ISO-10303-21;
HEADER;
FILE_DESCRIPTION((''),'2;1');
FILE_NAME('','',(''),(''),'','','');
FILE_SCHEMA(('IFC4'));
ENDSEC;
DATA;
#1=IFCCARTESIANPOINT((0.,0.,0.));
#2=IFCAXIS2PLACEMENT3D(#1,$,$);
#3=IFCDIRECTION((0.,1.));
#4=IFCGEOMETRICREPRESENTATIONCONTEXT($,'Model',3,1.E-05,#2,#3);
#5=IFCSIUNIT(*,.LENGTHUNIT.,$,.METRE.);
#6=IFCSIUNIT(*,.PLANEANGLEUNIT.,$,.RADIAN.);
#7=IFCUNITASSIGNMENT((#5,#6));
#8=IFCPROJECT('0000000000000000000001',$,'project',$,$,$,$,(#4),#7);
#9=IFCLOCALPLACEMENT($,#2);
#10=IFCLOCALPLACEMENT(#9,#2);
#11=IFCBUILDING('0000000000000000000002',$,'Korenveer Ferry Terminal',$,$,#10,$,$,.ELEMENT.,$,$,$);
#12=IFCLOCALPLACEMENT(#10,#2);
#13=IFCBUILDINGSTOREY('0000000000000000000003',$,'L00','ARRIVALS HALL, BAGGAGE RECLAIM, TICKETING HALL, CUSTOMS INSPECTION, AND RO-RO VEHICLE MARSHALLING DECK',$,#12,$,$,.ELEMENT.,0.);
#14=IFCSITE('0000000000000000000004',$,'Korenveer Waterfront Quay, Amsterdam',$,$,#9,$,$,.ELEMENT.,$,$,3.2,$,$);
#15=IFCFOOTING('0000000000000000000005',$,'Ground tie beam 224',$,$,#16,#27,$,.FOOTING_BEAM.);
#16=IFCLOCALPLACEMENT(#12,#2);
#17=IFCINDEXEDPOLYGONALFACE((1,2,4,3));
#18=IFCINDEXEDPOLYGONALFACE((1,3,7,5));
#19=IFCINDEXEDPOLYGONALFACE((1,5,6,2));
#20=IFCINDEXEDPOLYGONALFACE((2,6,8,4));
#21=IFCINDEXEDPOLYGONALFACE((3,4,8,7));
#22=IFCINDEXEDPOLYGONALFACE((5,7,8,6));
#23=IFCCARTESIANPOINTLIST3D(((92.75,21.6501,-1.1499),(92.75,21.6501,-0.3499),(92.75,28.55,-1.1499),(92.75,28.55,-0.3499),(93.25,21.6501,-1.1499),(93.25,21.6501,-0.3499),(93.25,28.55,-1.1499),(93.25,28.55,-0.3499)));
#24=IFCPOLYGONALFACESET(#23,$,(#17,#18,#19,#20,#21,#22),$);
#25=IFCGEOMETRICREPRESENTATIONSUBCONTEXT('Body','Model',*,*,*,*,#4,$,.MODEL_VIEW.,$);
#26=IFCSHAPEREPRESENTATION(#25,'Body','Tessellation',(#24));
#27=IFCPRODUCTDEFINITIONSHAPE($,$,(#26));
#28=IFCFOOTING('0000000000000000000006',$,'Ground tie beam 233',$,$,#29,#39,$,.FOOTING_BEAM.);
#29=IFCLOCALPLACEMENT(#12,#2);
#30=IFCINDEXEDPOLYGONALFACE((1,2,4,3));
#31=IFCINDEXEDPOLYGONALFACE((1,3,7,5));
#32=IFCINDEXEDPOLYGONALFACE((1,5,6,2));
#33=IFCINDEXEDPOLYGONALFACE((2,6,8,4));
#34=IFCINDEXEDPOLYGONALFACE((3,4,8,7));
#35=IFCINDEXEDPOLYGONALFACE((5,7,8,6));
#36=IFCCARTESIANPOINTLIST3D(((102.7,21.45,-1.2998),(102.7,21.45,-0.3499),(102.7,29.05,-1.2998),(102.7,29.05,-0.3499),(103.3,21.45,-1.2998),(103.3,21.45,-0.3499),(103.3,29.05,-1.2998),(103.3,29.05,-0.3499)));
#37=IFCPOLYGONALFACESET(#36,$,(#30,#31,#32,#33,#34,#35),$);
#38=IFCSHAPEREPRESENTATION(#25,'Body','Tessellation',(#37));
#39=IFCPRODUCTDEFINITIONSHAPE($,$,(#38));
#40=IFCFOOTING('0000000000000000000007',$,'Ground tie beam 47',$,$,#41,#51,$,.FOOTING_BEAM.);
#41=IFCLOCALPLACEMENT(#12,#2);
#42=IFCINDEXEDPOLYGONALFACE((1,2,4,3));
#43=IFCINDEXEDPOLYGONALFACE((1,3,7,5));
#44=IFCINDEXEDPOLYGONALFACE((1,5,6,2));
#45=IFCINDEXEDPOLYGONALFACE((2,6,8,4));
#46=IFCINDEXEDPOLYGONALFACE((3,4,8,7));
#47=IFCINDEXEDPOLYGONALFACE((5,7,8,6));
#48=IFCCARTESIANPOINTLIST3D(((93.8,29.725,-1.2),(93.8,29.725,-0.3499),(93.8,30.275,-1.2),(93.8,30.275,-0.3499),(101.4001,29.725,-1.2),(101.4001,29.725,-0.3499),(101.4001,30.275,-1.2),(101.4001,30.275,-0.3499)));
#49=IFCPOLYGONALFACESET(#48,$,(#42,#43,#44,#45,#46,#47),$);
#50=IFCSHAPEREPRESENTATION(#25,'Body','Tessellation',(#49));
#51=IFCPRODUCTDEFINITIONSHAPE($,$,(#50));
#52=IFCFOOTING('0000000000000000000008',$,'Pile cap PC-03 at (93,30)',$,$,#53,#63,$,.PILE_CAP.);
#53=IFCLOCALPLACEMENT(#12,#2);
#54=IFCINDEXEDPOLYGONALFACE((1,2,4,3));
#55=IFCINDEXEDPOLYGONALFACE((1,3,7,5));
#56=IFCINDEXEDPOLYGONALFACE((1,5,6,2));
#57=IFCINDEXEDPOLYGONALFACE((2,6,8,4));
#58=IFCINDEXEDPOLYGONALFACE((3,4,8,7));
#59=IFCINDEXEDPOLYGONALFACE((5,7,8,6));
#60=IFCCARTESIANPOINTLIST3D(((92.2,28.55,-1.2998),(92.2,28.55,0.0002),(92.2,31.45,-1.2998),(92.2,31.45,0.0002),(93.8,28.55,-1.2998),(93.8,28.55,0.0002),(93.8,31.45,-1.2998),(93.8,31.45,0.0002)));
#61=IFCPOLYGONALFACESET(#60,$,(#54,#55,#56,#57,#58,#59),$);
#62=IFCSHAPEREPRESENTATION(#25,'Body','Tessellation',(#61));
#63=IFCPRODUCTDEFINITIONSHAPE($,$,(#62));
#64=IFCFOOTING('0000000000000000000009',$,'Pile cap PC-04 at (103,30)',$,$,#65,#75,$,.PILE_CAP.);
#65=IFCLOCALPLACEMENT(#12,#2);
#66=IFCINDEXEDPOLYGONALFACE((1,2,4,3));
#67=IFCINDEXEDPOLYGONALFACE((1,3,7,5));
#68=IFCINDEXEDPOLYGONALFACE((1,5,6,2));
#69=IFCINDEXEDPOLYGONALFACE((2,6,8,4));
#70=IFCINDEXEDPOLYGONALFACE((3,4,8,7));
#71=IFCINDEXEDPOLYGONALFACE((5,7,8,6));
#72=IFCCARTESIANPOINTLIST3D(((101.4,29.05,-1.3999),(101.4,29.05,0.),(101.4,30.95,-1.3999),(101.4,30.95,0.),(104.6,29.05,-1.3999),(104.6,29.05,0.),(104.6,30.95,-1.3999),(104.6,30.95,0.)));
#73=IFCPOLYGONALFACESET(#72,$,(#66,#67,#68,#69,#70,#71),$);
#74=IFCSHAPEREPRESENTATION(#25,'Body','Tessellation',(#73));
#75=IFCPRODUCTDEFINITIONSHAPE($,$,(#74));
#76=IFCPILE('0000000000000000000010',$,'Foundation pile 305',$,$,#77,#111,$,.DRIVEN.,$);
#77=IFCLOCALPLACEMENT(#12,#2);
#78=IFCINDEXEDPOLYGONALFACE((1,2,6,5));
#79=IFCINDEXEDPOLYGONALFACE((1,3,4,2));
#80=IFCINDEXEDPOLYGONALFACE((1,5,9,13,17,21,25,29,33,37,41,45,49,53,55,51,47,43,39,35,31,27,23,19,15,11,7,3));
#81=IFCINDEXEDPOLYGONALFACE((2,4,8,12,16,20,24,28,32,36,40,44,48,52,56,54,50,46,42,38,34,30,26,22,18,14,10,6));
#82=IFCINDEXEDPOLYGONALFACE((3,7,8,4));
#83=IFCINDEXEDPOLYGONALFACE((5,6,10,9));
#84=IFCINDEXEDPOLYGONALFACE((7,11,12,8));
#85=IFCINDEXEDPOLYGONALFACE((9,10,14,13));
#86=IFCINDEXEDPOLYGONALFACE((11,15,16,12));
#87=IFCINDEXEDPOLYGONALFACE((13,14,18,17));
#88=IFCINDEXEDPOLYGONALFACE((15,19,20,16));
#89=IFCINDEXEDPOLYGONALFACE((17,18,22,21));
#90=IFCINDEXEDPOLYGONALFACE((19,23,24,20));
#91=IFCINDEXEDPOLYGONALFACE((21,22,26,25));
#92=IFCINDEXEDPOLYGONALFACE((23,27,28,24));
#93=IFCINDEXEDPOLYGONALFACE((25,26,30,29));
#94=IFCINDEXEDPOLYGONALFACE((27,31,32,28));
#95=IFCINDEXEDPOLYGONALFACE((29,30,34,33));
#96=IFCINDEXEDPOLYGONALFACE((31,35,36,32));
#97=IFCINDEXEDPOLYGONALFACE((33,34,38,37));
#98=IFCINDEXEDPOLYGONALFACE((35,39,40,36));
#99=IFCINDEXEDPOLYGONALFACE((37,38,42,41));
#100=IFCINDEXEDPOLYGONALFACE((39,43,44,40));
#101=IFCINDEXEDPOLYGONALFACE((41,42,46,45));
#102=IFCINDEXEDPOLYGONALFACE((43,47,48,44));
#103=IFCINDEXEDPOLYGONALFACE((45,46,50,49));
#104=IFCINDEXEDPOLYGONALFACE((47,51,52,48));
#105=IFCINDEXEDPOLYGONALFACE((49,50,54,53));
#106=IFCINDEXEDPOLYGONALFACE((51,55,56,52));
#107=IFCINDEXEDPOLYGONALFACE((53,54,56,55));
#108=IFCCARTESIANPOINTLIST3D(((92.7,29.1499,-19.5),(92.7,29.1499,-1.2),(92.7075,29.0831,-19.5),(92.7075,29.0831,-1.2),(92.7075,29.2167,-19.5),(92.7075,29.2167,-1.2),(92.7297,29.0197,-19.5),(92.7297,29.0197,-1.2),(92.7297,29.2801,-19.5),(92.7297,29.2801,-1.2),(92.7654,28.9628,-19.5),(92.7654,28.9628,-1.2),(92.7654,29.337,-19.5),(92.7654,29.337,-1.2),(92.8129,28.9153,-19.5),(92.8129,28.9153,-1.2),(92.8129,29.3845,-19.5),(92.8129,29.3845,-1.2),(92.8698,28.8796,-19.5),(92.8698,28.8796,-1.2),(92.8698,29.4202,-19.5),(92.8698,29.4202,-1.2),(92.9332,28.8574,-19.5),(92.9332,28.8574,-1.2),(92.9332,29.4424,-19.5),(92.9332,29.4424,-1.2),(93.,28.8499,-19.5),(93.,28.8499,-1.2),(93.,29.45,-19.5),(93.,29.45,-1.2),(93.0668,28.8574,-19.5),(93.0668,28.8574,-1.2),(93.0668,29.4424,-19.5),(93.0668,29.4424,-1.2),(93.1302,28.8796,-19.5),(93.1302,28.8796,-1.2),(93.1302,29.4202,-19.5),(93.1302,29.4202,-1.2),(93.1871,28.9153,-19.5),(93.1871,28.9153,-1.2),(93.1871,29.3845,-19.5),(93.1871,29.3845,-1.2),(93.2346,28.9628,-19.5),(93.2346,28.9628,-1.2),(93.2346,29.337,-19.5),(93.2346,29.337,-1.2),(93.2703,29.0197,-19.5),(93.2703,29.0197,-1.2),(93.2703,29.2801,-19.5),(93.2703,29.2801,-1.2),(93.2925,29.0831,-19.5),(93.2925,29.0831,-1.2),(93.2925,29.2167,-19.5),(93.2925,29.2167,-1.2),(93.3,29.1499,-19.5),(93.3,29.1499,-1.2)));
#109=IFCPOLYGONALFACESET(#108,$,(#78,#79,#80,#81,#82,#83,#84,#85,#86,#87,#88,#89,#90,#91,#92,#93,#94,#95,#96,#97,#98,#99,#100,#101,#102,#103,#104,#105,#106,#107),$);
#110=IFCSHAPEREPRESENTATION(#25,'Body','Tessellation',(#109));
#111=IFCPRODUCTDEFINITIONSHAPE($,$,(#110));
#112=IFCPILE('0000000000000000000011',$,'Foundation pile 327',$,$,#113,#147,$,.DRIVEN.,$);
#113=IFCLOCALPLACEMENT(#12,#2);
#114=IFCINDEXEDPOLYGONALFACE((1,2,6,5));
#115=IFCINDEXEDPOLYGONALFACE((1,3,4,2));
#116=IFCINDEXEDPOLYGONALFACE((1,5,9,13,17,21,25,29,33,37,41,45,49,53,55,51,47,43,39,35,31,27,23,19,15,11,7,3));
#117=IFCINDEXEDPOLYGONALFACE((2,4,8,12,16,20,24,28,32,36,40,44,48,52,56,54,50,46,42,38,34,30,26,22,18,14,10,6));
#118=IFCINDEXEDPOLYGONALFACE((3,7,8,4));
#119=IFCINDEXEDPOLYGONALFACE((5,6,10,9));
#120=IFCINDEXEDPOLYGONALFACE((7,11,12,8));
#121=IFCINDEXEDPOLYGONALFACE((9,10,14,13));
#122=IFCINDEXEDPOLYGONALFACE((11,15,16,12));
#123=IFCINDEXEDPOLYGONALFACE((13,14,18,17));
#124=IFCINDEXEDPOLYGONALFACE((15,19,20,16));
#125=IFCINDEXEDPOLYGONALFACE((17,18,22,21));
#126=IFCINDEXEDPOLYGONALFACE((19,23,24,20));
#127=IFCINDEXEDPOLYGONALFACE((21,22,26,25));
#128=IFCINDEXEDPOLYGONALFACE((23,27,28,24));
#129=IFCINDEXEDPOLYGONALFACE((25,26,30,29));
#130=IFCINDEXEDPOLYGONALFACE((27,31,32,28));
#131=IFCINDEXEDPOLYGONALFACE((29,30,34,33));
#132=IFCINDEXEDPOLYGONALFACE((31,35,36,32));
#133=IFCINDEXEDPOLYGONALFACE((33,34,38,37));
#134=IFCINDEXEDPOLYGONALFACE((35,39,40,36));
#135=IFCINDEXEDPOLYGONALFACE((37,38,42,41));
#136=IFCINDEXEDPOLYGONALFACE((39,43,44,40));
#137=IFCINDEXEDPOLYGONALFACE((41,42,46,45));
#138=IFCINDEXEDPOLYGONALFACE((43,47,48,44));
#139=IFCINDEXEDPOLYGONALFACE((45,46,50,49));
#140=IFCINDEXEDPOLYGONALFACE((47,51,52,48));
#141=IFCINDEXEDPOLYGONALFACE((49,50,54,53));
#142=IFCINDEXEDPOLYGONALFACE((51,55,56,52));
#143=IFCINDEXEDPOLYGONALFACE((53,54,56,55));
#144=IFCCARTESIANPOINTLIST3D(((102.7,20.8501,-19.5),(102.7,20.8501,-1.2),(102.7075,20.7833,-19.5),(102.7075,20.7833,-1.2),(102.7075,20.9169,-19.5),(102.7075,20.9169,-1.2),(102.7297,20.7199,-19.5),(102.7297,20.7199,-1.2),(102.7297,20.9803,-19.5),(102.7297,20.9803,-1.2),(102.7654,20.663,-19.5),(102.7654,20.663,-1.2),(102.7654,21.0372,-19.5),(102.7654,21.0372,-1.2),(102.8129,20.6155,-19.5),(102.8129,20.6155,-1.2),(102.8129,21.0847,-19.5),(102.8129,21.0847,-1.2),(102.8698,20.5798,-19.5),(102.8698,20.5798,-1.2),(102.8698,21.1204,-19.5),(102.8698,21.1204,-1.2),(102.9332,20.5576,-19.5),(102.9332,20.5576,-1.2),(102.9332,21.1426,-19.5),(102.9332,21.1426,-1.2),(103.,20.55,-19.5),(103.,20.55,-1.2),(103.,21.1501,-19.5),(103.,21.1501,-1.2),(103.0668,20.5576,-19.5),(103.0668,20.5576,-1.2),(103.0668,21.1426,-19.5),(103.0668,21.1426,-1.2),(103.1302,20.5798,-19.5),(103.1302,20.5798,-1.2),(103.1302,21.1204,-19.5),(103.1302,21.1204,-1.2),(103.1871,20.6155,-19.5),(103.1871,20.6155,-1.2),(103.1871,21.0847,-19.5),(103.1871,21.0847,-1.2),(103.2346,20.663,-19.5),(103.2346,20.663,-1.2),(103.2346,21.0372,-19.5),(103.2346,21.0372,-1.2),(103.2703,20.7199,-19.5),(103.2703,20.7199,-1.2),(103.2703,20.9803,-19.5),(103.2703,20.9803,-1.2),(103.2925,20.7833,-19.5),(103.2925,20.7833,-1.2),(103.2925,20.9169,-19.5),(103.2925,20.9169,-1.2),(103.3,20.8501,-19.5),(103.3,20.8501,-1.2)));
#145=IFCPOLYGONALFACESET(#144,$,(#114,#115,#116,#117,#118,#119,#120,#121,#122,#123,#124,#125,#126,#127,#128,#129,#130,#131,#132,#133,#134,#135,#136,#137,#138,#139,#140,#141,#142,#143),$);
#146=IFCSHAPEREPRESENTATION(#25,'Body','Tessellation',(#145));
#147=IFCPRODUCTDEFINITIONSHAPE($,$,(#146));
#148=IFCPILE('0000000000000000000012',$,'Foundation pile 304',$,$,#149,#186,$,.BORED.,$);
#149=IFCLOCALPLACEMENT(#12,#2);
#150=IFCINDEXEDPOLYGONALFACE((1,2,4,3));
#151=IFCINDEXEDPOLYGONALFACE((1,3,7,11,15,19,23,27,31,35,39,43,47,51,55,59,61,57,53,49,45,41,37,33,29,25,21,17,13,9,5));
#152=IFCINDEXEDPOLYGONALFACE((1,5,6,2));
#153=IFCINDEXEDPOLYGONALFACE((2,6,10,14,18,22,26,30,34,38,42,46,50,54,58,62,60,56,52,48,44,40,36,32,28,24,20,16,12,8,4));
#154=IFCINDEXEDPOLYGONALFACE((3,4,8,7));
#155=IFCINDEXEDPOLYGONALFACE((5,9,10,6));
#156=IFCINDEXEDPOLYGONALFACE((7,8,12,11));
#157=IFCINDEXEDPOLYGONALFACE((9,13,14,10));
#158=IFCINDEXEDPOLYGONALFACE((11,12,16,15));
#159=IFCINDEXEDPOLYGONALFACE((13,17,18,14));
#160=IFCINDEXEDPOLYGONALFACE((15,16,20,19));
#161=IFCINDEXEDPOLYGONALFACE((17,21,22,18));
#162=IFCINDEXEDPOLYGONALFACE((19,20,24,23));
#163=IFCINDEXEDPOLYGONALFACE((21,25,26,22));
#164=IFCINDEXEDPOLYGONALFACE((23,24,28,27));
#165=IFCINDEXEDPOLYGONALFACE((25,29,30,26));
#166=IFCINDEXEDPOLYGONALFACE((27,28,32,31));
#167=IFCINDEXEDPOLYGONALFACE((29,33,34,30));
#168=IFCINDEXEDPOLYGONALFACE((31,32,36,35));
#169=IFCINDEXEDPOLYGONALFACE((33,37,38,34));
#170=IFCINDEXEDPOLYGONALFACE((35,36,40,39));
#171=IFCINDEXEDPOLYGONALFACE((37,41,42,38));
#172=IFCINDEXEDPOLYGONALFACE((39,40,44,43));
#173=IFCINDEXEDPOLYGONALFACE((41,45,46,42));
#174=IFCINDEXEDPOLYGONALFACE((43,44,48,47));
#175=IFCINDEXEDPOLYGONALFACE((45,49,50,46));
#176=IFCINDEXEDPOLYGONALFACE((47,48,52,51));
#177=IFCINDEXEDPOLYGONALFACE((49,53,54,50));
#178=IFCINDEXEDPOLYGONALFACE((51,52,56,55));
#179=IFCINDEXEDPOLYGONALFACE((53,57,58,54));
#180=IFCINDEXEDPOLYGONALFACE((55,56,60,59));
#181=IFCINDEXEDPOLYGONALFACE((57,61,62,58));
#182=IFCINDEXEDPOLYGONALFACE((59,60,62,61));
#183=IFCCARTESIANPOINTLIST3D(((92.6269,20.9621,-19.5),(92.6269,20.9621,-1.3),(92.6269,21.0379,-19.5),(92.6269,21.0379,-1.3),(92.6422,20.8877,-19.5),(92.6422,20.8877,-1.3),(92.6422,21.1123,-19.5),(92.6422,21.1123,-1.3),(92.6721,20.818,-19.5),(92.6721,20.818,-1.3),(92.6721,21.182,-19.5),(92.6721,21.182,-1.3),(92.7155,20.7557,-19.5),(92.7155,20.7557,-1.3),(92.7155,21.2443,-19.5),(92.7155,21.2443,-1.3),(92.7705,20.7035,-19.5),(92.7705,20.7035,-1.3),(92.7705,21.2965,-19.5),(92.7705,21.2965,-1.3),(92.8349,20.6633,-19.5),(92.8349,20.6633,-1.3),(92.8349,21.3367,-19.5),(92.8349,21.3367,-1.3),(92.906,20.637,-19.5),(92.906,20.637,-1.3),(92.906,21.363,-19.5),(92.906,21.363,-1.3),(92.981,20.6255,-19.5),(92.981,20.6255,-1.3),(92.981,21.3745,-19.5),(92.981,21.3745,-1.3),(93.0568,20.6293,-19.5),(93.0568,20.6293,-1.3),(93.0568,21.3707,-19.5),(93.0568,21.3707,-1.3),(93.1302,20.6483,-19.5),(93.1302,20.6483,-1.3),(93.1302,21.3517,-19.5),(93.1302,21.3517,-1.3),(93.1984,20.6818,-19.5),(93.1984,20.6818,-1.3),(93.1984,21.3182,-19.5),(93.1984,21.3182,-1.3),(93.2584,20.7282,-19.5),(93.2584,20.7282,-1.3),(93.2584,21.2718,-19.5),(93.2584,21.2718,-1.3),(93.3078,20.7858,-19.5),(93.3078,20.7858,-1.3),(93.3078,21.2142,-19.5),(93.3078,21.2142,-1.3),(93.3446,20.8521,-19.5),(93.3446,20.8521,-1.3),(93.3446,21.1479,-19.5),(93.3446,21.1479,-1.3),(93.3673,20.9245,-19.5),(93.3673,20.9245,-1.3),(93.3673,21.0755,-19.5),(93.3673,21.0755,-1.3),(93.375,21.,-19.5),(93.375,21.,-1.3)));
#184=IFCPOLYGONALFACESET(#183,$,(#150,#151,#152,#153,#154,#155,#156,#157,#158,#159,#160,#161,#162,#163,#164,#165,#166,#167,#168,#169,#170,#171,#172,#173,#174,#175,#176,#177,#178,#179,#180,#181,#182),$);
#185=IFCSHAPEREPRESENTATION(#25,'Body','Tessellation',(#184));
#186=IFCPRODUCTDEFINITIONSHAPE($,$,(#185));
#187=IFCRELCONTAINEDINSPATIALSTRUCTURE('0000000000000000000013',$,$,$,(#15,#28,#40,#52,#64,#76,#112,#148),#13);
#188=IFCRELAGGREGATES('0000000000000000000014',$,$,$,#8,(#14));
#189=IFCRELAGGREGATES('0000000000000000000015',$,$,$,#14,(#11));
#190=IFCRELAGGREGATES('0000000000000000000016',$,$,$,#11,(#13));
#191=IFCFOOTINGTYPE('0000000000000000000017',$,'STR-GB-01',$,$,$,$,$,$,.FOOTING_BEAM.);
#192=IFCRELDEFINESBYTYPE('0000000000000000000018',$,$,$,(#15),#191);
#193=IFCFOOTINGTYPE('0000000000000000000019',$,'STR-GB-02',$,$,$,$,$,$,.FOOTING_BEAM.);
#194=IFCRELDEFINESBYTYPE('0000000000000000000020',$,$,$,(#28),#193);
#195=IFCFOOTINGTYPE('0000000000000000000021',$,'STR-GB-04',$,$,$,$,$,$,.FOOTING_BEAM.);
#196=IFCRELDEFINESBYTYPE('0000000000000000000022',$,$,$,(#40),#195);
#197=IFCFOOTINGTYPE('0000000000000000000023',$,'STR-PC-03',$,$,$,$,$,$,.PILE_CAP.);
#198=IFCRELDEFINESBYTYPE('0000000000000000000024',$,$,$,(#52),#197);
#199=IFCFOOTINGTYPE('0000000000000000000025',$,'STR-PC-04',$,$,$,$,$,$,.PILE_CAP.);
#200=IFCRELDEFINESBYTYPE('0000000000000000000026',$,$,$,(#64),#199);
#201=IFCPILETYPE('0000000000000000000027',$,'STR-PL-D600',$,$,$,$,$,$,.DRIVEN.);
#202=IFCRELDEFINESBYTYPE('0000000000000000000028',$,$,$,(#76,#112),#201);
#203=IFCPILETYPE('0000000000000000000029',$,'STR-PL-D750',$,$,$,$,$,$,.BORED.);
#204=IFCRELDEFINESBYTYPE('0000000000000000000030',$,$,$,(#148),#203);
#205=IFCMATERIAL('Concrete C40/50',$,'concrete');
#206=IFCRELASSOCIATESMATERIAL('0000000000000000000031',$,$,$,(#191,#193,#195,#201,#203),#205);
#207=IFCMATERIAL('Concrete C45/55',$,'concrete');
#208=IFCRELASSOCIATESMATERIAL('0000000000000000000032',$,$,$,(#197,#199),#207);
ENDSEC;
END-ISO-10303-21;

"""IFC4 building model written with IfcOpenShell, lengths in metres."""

from ifc_helpers import new_model, si_unit, direction, frame, origin, origin_2d, place, context, subcontext, project, spatial, rectangle, circle, extrude, material, material_profile, profile_set, type_object, element, save


model = new_model("IFC4")

# Units and contexts
model_context = context("Model", 3, precision=1e-05, world=origin(), true_north=direction((0.0, 1.0)))
body_context = subcontext(model_context, "Body", "Model", "MODEL_VIEW")
ifc_project = project(units=[si_unit("LENGTHUNIT", "METRE"), si_unit("PLANEANGLEUNIT", "RADIAN")], contexts=[model_context])

# Site, building, storey
site_placement = place(None, origin())
site = spatial("IfcSite", under=ifc_project, at=site_placement, Name="Korenveer Waterfront Quay, Amsterdam", CompositionType="ELEMENT", RefElevation=3.2)
building_placement = place(site_placement, origin())
building = spatial("IfcBuilding", under=site, at=building_placement, Name="Korenveer Ferry Terminal", CompositionType="ELEMENT")
storey_placement = place(building_placement, origin())
storey = spatial("IfcBuildingStorey", under=building, at=storey_placement, Name="L00", Description="ARRIVALS HALL, BAGGAGE RECLAIM, TICKETING HALL, CUSTOMS INSPECTION, AND RO-RO VEHICLE MARSHALLING DECK", CompositionType="ELEMENT", Elevation=0.0)

# Footings
ifc_material_1 = material(Name="Concrete C40/50", Category="concrete")
footing_type_1 = type_object("IfcFootingType", Name="STR-GB-01", PredefinedType="FOOTING_BEAM", material=ifc_material_1)
footing_1_placement = place(storey_placement, frame((93.0, 25.1001, -1.1499), z_axis=(0.0, 0.0, 1.0), x_axis=(1.0, 0.0, 0.0)))
element("IfcFooting", 1, at=footing_1_placement, inside=storey, type_object=footing_type_1, Name="Ground tie beam 224", PredefinedType="FOOTING_BEAM", context=body_context, shape_type="SweptSolid", body=[
    extrude(rectangle(XDim=0.5, YDim=6.8999, at=origin_2d()), origin(), (0.0, 0.0, 1.0), 0.8),
])
footing_type_2 = type_object("IfcFootingType", Name="STR-GB-02", PredefinedType="FOOTING_BEAM", material=ifc_material_1)
footing_2_placement = place(storey_placement, frame((103.0, 25.25, -1.2998), z_axis=(0.0, 0.0, 1.0), x_axis=(1.0, 0.0, 0.0)))
element("IfcFooting", 2, at=footing_2_placement, inside=storey, type_object=footing_type_2, Name="Ground tie beam 233", PredefinedType="FOOTING_BEAM", context=body_context, shape_type="SweptSolid", body=[
    extrude(rectangle(XDim=0.6001, YDim=7.6001, at=origin_2d()), origin(), (0.0, 0.0, 1.0), 0.95),
])
footing_type_3 = type_object("IfcFootingType", Name="STR-GB-04", PredefinedType="FOOTING_BEAM", material=ifc_material_1)
footing_3_placement = place(storey_placement, frame((97.6001, 30.0, -1.2), z_axis=(0.0, 0.0, 1.0), x_axis=(1.0, 0.0, 0.0)))
element("IfcFooting", 3, at=footing_3_placement, inside=storey, type_object=footing_type_3, Name="Ground tie beam 47", PredefinedType="FOOTING_BEAM", context=body_context, shape_type="SweptSolid", body=[
    extrude(rectangle(XDim=7.6001, YDim=0.55, at=origin_2d()), origin(), (0.0, 0.0, 1.0), 0.8501),
])
ifc_material_2 = material(Name="Concrete C45/55", Category="concrete")
footing_type_4 = type_object("IfcFootingType", Name="STR-PC-03", PredefinedType="PILE_CAP", material=ifc_material_2)
footing_4_placement = place(storey_placement, frame((93.0, 30.0, -1.2998), z_axis=(0.0, 0.0, 1.0), x_axis=(1.0, 0.0, 0.0)))
element("IfcFooting", 4, at=footing_4_placement, inside=storey, type_object=footing_type_4, Name="Pile cap PC-03 at (93,30)", PredefinedType="PILE_CAP", context=body_context, shape_type="SweptSolid", body=[
    extrude(rectangle(XDim=1.6001, YDim=2.8999, at=origin_2d()), origin(), (0.0, 0.0, 1.0), 1.3),
])
footing_type_5 = type_object("IfcFootingType", Name="STR-PC-04", PredefinedType="PILE_CAP", material=ifc_material_2)
footing_5_placement = place(storey_placement, frame((103.0, 30.0, -1.3999), z_axis=(0.0, 0.0, 1.0), x_axis=(1.0, 0.0, 0.0)))
element("IfcFooting", 5, at=footing_5_placement, inside=storey, type_object=footing_type_5, Name="Pile cap PC-04 at (103,30)", PredefinedType="PILE_CAP", context=body_context, shape_type="SweptSolid", body=[
    extrude(rectangle(XDim=3.2, YDim=1.8999, at=origin_2d()), origin(), (0.0, 0.0, 1.0), 1.3999),
])

# Piles
ifc_material_profile_1 = material_profile(ifc_material_1, circle(Radius=0.3, at=origin_2d()), Name="PILE D600")
ifc_profile_set_1 = profile_set([ifc_material_profile_1], Name="Concrete C40/50")
pile_type_1 = type_object("IfcPileType", Name="STR-PL-D600", PredefinedType="DRIVEN", material=ifc_profile_set_1)
for number, where, z_axis, x_axis, name in (
    (6, (93.0, 29.1499, -1.2), (0.0, 0.0, -1.0), (1.0, 0.0, 0.0), "Foundation pile 305"),
    (7, (103.0, 20.8501, -1.2), (0.0, 0.0, -1.0), (1.0, 0.0, 0.0), "Foundation pile 327"),
):
    element("IfcPile", number, at=place(storey_placement, frame(where, z_axis=z_axis, x_axis=x_axis)), inside=storey, type_object=pile_type_1, Name=name, PredefinedType="DRIVEN", context=body_context, shape_type="SweptSolid", body=[
        extrude(circle(Radius=0.3, at=origin_2d()), origin(), (0.0, 0.0, 1.0), 18.3),
    ])
ifc_material_profile_2 = material_profile(ifc_material_1, circle(Radius=0.375, at=origin_2d()), Name="PILE D750")
ifc_profile_set_2 = profile_set([ifc_material_profile_2], Name="Concrete C40/50")
pile_type_2 = type_object("IfcPileType", Name="STR-PL-D750", PredefinedType="BORED", material=ifc_profile_set_2)
for number, where, z_axis, x_axis, name in (
    (8, (93.0, 21.0, -1.3), (0.0, 0.0, -1.0), (1.0, 0.0, 0.0), "Foundation pile 304"),
):
    element("IfcPile", number, at=place(storey_placement, frame(where, z_axis=z_axis, x_axis=x_axis)), inside=storey, type_object=pile_type_2, Name=name, PredefinedType="BORED", context=body_context, shape_type="SweptSolid", body=[
        extrude(circle(Radius=0.375, at=origin_2d()), origin(), (0.0, 0.0, 1.0), 18.2),
    ])

save(model, "model.ifc")
